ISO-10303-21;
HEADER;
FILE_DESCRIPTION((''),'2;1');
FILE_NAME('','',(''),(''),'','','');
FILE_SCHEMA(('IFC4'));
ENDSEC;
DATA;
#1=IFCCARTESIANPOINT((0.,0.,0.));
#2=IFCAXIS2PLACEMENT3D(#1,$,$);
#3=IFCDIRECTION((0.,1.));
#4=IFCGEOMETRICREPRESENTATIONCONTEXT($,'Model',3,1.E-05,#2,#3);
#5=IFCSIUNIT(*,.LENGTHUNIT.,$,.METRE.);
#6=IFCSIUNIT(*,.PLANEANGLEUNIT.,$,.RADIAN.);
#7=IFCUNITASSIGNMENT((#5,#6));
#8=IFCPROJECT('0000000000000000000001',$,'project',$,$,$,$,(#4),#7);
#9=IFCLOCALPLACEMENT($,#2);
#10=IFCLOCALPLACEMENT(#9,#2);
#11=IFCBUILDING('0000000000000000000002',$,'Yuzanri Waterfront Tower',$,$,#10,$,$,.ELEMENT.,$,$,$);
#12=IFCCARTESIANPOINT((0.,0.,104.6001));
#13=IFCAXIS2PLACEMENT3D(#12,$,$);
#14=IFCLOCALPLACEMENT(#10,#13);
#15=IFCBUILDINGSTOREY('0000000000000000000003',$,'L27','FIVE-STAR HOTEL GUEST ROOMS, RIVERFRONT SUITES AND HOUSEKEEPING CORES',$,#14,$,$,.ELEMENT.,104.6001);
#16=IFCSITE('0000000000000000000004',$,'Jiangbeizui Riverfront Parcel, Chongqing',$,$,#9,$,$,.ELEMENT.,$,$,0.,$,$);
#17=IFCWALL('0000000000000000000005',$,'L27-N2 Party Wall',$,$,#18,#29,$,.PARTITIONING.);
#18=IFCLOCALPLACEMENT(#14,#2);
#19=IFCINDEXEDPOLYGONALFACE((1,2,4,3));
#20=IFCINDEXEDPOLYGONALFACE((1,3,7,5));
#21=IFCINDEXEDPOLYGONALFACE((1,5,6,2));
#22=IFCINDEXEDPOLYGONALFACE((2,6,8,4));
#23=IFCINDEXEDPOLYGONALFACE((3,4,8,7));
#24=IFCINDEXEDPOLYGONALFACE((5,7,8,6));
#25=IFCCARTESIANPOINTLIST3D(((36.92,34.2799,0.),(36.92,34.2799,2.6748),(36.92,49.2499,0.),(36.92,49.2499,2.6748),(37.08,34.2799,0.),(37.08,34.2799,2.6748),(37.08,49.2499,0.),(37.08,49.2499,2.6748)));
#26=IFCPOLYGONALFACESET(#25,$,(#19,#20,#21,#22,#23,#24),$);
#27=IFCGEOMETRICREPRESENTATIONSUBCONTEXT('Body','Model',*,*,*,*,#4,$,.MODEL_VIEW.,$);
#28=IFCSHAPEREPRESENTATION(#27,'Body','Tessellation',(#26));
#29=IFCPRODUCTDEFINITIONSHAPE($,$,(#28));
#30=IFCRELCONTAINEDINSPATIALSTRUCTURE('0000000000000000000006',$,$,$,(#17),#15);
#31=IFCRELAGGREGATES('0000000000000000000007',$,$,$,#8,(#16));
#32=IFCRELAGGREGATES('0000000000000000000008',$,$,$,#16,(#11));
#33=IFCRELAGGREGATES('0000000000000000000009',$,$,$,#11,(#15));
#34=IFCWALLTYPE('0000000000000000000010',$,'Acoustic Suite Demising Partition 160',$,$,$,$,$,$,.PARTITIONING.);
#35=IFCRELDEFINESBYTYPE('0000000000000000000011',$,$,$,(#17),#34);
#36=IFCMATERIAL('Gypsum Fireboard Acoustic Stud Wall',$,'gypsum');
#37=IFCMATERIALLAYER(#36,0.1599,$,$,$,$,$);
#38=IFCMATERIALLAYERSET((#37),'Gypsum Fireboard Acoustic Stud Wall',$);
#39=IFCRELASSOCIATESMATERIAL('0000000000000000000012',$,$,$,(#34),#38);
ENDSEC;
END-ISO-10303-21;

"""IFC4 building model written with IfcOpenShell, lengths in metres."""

from ifc_helpers import new_model, si_unit, direction, frame, frame_2d, origin, place, context, subcontext, project, spatial, rectangle, extrude, source, transform, mapped, material, layer, layer_set, type_object, element, save


model = new_model("IFC4")

# Units and contexts
model_context = context("Model", 3, precision=1e-05, world=origin(), true_north=direction((0.0, 1.0)))
body_context = subcontext(model_context, "Body", "Model", "MODEL_VIEW")
ifc_project = project(units=[si_unit("LENGTHUNIT", "METRE"), si_unit("PLANEANGLEUNIT", "RADIAN")], contexts=[model_context])

# Site, building, storey
site_placement = place(None, origin())
site = spatial("IfcSite", under=ifc_project, at=site_placement, Name="Jiangbeizui Riverfront Parcel, Chongqing", CompositionType="ELEMENT", RefElevation=0.0)
building_placement = place(site_placement, origin())
building = spatial("IfcBuilding", under=site, at=building_placement, Name="Yuzanri Waterfront Tower", CompositionType="ELEMENT")
storey_placement = place(building_placement, frame((0.0, 0.0, 104.6001)))
storey = spatial("IfcBuildingStorey", under=building, at=storey_placement, Name="L27", Description="FIVE-STAR HOTEL GUEST ROOMS, RIVERFRONT SUITES AND HOUSEKEEPING CORES", CompositionType="ELEMENT", Elevation=104.6001)

# Wall
ifc_material_1 = material(Name="Gypsum Fireboard Acoustic Stud Wall", Category="gypsum")
ifc_layer_1 = layer(ifc_material_1, 0.1599)
ifc_layer_set_1 = layer_set([ifc_layer_1], Name="Gypsum Fireboard Acoustic Stud Wall")
wall_type_1 = type_object("IfcWallType", Name="Acoustic Suite Demising Partition 160", PredefinedType="PARTITIONING", material=ifc_layer_set_1)
shared_shape_1 = source(origin(), body_context, "Body", "SweptSolid", [
    extrude(rectangle(XDim=14.97, YDim=0.1599, at=frame_2d((7.4849, 0.0))), origin(), (0.0, 0.0, 1.0), 2.6748),
])
wall_1_placement = place(storey_placement, frame((37.0, 34.28, 0.0), z_axis=(0.0, 0.0, 1.0), x_axis=(0.0, 1.0, 0.0)))
element("IfcWall", 1, at=wall_1_placement, inside=storey, type_object=wall_type_1, Name="L27-N2 Party Wall", PredefinedType="PARTITIONING", context=body_context, shape_type="MappedRepresentation", body=[
    mapped(shared_shape_1, transform((0.0, 0.0, 0.0), scale=1.0)),
])

save(model, "model.ifc")
